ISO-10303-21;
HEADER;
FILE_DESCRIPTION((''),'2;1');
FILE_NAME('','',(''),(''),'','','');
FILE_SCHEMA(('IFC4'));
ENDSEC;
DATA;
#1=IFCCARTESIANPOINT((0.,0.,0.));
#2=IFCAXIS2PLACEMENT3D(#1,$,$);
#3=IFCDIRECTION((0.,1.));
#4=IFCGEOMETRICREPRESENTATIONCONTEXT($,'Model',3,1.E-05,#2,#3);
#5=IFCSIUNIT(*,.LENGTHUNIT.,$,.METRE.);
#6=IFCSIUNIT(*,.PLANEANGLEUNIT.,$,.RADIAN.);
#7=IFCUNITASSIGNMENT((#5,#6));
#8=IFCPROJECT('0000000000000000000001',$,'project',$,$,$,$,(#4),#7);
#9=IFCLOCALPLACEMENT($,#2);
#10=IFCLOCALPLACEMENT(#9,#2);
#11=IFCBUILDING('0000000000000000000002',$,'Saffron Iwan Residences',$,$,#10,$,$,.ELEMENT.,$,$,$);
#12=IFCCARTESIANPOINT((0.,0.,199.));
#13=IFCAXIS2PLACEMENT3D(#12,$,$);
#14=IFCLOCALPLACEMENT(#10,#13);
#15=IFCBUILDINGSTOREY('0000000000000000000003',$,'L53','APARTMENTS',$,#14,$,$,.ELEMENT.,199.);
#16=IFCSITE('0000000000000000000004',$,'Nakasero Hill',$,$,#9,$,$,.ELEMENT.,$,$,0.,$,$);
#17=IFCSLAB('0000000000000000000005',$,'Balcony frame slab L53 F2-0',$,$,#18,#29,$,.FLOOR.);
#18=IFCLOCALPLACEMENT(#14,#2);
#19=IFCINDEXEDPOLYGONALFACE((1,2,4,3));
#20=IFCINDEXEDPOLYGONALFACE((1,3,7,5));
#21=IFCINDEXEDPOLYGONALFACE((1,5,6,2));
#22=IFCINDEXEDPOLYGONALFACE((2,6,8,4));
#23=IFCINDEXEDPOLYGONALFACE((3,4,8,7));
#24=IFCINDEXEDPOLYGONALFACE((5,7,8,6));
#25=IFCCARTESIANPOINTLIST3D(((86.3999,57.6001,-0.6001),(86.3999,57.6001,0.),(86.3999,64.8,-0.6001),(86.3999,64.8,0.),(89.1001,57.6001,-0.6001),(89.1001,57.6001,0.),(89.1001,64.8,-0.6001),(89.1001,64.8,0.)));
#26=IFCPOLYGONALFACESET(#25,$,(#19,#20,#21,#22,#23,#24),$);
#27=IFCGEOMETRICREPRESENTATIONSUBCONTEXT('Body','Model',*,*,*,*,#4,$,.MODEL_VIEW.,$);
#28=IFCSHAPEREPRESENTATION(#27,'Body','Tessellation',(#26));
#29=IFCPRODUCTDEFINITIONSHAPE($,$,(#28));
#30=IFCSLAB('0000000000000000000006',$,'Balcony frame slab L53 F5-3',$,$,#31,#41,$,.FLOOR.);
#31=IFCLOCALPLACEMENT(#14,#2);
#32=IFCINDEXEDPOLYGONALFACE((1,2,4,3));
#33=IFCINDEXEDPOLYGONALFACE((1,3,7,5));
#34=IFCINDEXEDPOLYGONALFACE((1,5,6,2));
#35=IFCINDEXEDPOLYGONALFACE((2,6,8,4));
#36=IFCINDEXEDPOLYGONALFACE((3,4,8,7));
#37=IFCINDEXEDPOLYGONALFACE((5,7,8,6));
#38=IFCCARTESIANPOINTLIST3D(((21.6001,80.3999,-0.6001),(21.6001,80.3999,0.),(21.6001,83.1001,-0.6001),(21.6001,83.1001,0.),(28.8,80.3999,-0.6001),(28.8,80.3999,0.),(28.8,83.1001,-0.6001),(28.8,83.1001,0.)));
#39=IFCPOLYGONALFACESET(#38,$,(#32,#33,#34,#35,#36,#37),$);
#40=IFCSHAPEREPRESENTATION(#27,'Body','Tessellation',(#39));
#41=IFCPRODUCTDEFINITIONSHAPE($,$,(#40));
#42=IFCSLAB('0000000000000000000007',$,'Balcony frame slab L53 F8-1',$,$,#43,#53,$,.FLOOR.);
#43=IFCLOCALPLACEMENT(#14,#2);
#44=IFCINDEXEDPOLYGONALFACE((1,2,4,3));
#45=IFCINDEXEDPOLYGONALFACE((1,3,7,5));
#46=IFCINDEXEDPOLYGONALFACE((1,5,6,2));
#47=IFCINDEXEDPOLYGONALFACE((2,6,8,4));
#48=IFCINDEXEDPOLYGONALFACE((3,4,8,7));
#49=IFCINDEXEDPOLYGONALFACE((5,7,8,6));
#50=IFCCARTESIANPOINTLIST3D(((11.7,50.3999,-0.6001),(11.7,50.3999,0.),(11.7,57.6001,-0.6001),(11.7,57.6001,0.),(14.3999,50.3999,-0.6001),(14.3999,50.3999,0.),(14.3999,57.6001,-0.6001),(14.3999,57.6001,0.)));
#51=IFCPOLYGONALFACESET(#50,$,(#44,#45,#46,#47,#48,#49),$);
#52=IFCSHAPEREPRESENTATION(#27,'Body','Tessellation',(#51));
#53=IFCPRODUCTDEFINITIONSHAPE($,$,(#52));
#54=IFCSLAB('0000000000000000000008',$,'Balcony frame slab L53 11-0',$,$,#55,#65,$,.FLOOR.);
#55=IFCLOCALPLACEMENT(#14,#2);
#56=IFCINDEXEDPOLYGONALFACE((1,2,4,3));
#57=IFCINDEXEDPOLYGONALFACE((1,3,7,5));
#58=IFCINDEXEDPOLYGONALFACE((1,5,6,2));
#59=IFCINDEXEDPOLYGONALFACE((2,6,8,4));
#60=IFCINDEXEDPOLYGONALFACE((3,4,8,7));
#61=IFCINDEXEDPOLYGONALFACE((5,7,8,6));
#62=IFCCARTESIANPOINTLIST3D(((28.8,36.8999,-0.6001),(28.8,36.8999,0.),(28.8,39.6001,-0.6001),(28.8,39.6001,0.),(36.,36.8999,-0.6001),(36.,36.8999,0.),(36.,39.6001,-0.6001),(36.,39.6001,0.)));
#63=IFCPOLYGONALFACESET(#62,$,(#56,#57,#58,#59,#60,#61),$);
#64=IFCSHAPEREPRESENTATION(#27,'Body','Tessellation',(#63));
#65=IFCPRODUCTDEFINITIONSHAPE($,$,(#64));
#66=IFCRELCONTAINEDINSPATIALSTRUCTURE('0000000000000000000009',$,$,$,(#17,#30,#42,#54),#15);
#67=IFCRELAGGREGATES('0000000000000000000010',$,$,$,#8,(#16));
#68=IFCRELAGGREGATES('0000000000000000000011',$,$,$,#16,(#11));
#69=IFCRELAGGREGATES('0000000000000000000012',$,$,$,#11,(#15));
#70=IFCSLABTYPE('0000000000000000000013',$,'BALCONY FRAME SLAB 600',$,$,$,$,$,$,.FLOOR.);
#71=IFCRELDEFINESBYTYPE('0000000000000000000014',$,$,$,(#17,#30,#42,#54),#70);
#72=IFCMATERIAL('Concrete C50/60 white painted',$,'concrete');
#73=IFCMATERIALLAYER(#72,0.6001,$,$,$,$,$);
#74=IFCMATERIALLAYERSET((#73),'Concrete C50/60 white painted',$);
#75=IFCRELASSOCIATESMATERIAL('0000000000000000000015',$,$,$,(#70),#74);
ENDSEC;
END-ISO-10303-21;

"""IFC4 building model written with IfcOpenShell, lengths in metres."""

from ifc_helpers import new_model, si_unit, direction, frame, origin, place, context, subcontext, project, spatial, polyline, outline, extrude, material, layer, layer_set, type_object, element, save


model = new_model("IFC4")

# Units and contexts
model_context = context("Model", 3, precision=1e-05, world=origin(), true_north=direction((0.0, 1.0)))
body_context = subcontext(model_context, "Body", "Model", "MODEL_VIEW")
ifc_project = project(units=[si_unit("LENGTHUNIT", "METRE"), si_unit("PLANEANGLEUNIT", "RADIAN")], contexts=[model_context])

# Site, building, storey
site_placement = place(None, origin())
site = spatial("IfcSite", under=ifc_project, at=site_placement, Name="Nakasero Hill", CompositionType="ELEMENT", RefElevation=0.0)
building_placement = place(site_placement, origin())
building = spatial("IfcBuilding", under=site, at=building_placement, Name="Saffron Iwan Residences", CompositionType="ELEMENT")
storey_placement = place(building_placement, frame((0.0, 0.0, 199.0)))
storey = spatial("IfcBuildingStorey", under=building, at=storey_placement, Name="L53", Description="APARTMENTS", CompositionType="ELEMENT", Elevation=199.0)

# Slabs
ifc_material_1 = material(Name="Concrete C50/60 white painted", Category="concrete")
ifc_layer_1 = layer(ifc_material_1, 0.6001)
ifc_layer_set_1 = layer_set([ifc_layer_1], Name="Concrete C50/60 white painted")
slab_type_1 = type_object("IfcSlabType", Name="BALCONY FRAME SLAB 600", PredefinedType="FLOOR", material=ifc_layer_set_1)
slab_1_placement = place(storey_placement, frame((0.0, 0.0, -0.6001)))
element("IfcSlab", 1, at=slab_1_placement, inside=storey, type_object=slab_type_1, Name="Balcony frame slab L53 F2-0", PredefinedType="FLOOR", context=body_context, shape_type="SweptSolid", body=[
    extrude(outline(polyline([(89.1001, 57.6001), (89.1001, 64.8), (86.3999, 64.8), (86.3999, 57.6001), (89.1001, 57.6001)])), origin(), (0.0, 0.0, 1.0), 0.6001),
])
slab_2_placement = place(storey_placement, frame((0.0, 0.0, -0.6001)))
element("IfcSlab", 2, at=slab_2_placement, inside=storey, type_object=slab_type_1, Name="Balcony frame slab L53 F5-3", PredefinedType="FLOOR", context=body_context, shape_type="SweptSolid", body=[
    extrude(outline(polyline([(28.8, 83.1001), (21.6001, 83.1001), (21.6001, 80.3999), (28.8, 80.3999), (28.8, 83.1001)])), origin(), (0.0, 0.0, 1.0), 0.6001),
])
slab_3_placement = place(storey_placement, frame((0.0, 0.0, -0.6001)))
element("IfcSlab", 3, at=slab_3_placement, inside=storey, type_object=slab_type_1, Name="Balcony frame slab L53 F8-1", PredefinedType="FLOOR", context=body_context, shape_type="SweptSolid", body=[
    extrude(outline(polyline([(11.7, 57.6001), (11.7, 50.3999), (14.3999, 50.3999), (14.3999, 57.6001), (11.7, 57.6001)])), origin(), (0.0, 0.0, 1.0), 0.6001),
])
slab_4_placement = place(storey_placement, frame((0.0, 0.0, -0.6001)))
element("IfcSlab", 4, at=slab_4_placement, inside=storey, type_object=slab_type_1, Name="Balcony frame slab L53 11-0", PredefinedType="FLOOR", context=body_context, shape_type="SweptSolid", body=[
    extrude(outline(polyline([(28.8, 36.8999), (36.0, 36.8999), (36.0, 39.6001), (28.8, 39.6001), (28.8, 36.8999)])), origin(), (0.0, 0.0, 1.0), 0.6001),
])

save(model, "model.ifc")
